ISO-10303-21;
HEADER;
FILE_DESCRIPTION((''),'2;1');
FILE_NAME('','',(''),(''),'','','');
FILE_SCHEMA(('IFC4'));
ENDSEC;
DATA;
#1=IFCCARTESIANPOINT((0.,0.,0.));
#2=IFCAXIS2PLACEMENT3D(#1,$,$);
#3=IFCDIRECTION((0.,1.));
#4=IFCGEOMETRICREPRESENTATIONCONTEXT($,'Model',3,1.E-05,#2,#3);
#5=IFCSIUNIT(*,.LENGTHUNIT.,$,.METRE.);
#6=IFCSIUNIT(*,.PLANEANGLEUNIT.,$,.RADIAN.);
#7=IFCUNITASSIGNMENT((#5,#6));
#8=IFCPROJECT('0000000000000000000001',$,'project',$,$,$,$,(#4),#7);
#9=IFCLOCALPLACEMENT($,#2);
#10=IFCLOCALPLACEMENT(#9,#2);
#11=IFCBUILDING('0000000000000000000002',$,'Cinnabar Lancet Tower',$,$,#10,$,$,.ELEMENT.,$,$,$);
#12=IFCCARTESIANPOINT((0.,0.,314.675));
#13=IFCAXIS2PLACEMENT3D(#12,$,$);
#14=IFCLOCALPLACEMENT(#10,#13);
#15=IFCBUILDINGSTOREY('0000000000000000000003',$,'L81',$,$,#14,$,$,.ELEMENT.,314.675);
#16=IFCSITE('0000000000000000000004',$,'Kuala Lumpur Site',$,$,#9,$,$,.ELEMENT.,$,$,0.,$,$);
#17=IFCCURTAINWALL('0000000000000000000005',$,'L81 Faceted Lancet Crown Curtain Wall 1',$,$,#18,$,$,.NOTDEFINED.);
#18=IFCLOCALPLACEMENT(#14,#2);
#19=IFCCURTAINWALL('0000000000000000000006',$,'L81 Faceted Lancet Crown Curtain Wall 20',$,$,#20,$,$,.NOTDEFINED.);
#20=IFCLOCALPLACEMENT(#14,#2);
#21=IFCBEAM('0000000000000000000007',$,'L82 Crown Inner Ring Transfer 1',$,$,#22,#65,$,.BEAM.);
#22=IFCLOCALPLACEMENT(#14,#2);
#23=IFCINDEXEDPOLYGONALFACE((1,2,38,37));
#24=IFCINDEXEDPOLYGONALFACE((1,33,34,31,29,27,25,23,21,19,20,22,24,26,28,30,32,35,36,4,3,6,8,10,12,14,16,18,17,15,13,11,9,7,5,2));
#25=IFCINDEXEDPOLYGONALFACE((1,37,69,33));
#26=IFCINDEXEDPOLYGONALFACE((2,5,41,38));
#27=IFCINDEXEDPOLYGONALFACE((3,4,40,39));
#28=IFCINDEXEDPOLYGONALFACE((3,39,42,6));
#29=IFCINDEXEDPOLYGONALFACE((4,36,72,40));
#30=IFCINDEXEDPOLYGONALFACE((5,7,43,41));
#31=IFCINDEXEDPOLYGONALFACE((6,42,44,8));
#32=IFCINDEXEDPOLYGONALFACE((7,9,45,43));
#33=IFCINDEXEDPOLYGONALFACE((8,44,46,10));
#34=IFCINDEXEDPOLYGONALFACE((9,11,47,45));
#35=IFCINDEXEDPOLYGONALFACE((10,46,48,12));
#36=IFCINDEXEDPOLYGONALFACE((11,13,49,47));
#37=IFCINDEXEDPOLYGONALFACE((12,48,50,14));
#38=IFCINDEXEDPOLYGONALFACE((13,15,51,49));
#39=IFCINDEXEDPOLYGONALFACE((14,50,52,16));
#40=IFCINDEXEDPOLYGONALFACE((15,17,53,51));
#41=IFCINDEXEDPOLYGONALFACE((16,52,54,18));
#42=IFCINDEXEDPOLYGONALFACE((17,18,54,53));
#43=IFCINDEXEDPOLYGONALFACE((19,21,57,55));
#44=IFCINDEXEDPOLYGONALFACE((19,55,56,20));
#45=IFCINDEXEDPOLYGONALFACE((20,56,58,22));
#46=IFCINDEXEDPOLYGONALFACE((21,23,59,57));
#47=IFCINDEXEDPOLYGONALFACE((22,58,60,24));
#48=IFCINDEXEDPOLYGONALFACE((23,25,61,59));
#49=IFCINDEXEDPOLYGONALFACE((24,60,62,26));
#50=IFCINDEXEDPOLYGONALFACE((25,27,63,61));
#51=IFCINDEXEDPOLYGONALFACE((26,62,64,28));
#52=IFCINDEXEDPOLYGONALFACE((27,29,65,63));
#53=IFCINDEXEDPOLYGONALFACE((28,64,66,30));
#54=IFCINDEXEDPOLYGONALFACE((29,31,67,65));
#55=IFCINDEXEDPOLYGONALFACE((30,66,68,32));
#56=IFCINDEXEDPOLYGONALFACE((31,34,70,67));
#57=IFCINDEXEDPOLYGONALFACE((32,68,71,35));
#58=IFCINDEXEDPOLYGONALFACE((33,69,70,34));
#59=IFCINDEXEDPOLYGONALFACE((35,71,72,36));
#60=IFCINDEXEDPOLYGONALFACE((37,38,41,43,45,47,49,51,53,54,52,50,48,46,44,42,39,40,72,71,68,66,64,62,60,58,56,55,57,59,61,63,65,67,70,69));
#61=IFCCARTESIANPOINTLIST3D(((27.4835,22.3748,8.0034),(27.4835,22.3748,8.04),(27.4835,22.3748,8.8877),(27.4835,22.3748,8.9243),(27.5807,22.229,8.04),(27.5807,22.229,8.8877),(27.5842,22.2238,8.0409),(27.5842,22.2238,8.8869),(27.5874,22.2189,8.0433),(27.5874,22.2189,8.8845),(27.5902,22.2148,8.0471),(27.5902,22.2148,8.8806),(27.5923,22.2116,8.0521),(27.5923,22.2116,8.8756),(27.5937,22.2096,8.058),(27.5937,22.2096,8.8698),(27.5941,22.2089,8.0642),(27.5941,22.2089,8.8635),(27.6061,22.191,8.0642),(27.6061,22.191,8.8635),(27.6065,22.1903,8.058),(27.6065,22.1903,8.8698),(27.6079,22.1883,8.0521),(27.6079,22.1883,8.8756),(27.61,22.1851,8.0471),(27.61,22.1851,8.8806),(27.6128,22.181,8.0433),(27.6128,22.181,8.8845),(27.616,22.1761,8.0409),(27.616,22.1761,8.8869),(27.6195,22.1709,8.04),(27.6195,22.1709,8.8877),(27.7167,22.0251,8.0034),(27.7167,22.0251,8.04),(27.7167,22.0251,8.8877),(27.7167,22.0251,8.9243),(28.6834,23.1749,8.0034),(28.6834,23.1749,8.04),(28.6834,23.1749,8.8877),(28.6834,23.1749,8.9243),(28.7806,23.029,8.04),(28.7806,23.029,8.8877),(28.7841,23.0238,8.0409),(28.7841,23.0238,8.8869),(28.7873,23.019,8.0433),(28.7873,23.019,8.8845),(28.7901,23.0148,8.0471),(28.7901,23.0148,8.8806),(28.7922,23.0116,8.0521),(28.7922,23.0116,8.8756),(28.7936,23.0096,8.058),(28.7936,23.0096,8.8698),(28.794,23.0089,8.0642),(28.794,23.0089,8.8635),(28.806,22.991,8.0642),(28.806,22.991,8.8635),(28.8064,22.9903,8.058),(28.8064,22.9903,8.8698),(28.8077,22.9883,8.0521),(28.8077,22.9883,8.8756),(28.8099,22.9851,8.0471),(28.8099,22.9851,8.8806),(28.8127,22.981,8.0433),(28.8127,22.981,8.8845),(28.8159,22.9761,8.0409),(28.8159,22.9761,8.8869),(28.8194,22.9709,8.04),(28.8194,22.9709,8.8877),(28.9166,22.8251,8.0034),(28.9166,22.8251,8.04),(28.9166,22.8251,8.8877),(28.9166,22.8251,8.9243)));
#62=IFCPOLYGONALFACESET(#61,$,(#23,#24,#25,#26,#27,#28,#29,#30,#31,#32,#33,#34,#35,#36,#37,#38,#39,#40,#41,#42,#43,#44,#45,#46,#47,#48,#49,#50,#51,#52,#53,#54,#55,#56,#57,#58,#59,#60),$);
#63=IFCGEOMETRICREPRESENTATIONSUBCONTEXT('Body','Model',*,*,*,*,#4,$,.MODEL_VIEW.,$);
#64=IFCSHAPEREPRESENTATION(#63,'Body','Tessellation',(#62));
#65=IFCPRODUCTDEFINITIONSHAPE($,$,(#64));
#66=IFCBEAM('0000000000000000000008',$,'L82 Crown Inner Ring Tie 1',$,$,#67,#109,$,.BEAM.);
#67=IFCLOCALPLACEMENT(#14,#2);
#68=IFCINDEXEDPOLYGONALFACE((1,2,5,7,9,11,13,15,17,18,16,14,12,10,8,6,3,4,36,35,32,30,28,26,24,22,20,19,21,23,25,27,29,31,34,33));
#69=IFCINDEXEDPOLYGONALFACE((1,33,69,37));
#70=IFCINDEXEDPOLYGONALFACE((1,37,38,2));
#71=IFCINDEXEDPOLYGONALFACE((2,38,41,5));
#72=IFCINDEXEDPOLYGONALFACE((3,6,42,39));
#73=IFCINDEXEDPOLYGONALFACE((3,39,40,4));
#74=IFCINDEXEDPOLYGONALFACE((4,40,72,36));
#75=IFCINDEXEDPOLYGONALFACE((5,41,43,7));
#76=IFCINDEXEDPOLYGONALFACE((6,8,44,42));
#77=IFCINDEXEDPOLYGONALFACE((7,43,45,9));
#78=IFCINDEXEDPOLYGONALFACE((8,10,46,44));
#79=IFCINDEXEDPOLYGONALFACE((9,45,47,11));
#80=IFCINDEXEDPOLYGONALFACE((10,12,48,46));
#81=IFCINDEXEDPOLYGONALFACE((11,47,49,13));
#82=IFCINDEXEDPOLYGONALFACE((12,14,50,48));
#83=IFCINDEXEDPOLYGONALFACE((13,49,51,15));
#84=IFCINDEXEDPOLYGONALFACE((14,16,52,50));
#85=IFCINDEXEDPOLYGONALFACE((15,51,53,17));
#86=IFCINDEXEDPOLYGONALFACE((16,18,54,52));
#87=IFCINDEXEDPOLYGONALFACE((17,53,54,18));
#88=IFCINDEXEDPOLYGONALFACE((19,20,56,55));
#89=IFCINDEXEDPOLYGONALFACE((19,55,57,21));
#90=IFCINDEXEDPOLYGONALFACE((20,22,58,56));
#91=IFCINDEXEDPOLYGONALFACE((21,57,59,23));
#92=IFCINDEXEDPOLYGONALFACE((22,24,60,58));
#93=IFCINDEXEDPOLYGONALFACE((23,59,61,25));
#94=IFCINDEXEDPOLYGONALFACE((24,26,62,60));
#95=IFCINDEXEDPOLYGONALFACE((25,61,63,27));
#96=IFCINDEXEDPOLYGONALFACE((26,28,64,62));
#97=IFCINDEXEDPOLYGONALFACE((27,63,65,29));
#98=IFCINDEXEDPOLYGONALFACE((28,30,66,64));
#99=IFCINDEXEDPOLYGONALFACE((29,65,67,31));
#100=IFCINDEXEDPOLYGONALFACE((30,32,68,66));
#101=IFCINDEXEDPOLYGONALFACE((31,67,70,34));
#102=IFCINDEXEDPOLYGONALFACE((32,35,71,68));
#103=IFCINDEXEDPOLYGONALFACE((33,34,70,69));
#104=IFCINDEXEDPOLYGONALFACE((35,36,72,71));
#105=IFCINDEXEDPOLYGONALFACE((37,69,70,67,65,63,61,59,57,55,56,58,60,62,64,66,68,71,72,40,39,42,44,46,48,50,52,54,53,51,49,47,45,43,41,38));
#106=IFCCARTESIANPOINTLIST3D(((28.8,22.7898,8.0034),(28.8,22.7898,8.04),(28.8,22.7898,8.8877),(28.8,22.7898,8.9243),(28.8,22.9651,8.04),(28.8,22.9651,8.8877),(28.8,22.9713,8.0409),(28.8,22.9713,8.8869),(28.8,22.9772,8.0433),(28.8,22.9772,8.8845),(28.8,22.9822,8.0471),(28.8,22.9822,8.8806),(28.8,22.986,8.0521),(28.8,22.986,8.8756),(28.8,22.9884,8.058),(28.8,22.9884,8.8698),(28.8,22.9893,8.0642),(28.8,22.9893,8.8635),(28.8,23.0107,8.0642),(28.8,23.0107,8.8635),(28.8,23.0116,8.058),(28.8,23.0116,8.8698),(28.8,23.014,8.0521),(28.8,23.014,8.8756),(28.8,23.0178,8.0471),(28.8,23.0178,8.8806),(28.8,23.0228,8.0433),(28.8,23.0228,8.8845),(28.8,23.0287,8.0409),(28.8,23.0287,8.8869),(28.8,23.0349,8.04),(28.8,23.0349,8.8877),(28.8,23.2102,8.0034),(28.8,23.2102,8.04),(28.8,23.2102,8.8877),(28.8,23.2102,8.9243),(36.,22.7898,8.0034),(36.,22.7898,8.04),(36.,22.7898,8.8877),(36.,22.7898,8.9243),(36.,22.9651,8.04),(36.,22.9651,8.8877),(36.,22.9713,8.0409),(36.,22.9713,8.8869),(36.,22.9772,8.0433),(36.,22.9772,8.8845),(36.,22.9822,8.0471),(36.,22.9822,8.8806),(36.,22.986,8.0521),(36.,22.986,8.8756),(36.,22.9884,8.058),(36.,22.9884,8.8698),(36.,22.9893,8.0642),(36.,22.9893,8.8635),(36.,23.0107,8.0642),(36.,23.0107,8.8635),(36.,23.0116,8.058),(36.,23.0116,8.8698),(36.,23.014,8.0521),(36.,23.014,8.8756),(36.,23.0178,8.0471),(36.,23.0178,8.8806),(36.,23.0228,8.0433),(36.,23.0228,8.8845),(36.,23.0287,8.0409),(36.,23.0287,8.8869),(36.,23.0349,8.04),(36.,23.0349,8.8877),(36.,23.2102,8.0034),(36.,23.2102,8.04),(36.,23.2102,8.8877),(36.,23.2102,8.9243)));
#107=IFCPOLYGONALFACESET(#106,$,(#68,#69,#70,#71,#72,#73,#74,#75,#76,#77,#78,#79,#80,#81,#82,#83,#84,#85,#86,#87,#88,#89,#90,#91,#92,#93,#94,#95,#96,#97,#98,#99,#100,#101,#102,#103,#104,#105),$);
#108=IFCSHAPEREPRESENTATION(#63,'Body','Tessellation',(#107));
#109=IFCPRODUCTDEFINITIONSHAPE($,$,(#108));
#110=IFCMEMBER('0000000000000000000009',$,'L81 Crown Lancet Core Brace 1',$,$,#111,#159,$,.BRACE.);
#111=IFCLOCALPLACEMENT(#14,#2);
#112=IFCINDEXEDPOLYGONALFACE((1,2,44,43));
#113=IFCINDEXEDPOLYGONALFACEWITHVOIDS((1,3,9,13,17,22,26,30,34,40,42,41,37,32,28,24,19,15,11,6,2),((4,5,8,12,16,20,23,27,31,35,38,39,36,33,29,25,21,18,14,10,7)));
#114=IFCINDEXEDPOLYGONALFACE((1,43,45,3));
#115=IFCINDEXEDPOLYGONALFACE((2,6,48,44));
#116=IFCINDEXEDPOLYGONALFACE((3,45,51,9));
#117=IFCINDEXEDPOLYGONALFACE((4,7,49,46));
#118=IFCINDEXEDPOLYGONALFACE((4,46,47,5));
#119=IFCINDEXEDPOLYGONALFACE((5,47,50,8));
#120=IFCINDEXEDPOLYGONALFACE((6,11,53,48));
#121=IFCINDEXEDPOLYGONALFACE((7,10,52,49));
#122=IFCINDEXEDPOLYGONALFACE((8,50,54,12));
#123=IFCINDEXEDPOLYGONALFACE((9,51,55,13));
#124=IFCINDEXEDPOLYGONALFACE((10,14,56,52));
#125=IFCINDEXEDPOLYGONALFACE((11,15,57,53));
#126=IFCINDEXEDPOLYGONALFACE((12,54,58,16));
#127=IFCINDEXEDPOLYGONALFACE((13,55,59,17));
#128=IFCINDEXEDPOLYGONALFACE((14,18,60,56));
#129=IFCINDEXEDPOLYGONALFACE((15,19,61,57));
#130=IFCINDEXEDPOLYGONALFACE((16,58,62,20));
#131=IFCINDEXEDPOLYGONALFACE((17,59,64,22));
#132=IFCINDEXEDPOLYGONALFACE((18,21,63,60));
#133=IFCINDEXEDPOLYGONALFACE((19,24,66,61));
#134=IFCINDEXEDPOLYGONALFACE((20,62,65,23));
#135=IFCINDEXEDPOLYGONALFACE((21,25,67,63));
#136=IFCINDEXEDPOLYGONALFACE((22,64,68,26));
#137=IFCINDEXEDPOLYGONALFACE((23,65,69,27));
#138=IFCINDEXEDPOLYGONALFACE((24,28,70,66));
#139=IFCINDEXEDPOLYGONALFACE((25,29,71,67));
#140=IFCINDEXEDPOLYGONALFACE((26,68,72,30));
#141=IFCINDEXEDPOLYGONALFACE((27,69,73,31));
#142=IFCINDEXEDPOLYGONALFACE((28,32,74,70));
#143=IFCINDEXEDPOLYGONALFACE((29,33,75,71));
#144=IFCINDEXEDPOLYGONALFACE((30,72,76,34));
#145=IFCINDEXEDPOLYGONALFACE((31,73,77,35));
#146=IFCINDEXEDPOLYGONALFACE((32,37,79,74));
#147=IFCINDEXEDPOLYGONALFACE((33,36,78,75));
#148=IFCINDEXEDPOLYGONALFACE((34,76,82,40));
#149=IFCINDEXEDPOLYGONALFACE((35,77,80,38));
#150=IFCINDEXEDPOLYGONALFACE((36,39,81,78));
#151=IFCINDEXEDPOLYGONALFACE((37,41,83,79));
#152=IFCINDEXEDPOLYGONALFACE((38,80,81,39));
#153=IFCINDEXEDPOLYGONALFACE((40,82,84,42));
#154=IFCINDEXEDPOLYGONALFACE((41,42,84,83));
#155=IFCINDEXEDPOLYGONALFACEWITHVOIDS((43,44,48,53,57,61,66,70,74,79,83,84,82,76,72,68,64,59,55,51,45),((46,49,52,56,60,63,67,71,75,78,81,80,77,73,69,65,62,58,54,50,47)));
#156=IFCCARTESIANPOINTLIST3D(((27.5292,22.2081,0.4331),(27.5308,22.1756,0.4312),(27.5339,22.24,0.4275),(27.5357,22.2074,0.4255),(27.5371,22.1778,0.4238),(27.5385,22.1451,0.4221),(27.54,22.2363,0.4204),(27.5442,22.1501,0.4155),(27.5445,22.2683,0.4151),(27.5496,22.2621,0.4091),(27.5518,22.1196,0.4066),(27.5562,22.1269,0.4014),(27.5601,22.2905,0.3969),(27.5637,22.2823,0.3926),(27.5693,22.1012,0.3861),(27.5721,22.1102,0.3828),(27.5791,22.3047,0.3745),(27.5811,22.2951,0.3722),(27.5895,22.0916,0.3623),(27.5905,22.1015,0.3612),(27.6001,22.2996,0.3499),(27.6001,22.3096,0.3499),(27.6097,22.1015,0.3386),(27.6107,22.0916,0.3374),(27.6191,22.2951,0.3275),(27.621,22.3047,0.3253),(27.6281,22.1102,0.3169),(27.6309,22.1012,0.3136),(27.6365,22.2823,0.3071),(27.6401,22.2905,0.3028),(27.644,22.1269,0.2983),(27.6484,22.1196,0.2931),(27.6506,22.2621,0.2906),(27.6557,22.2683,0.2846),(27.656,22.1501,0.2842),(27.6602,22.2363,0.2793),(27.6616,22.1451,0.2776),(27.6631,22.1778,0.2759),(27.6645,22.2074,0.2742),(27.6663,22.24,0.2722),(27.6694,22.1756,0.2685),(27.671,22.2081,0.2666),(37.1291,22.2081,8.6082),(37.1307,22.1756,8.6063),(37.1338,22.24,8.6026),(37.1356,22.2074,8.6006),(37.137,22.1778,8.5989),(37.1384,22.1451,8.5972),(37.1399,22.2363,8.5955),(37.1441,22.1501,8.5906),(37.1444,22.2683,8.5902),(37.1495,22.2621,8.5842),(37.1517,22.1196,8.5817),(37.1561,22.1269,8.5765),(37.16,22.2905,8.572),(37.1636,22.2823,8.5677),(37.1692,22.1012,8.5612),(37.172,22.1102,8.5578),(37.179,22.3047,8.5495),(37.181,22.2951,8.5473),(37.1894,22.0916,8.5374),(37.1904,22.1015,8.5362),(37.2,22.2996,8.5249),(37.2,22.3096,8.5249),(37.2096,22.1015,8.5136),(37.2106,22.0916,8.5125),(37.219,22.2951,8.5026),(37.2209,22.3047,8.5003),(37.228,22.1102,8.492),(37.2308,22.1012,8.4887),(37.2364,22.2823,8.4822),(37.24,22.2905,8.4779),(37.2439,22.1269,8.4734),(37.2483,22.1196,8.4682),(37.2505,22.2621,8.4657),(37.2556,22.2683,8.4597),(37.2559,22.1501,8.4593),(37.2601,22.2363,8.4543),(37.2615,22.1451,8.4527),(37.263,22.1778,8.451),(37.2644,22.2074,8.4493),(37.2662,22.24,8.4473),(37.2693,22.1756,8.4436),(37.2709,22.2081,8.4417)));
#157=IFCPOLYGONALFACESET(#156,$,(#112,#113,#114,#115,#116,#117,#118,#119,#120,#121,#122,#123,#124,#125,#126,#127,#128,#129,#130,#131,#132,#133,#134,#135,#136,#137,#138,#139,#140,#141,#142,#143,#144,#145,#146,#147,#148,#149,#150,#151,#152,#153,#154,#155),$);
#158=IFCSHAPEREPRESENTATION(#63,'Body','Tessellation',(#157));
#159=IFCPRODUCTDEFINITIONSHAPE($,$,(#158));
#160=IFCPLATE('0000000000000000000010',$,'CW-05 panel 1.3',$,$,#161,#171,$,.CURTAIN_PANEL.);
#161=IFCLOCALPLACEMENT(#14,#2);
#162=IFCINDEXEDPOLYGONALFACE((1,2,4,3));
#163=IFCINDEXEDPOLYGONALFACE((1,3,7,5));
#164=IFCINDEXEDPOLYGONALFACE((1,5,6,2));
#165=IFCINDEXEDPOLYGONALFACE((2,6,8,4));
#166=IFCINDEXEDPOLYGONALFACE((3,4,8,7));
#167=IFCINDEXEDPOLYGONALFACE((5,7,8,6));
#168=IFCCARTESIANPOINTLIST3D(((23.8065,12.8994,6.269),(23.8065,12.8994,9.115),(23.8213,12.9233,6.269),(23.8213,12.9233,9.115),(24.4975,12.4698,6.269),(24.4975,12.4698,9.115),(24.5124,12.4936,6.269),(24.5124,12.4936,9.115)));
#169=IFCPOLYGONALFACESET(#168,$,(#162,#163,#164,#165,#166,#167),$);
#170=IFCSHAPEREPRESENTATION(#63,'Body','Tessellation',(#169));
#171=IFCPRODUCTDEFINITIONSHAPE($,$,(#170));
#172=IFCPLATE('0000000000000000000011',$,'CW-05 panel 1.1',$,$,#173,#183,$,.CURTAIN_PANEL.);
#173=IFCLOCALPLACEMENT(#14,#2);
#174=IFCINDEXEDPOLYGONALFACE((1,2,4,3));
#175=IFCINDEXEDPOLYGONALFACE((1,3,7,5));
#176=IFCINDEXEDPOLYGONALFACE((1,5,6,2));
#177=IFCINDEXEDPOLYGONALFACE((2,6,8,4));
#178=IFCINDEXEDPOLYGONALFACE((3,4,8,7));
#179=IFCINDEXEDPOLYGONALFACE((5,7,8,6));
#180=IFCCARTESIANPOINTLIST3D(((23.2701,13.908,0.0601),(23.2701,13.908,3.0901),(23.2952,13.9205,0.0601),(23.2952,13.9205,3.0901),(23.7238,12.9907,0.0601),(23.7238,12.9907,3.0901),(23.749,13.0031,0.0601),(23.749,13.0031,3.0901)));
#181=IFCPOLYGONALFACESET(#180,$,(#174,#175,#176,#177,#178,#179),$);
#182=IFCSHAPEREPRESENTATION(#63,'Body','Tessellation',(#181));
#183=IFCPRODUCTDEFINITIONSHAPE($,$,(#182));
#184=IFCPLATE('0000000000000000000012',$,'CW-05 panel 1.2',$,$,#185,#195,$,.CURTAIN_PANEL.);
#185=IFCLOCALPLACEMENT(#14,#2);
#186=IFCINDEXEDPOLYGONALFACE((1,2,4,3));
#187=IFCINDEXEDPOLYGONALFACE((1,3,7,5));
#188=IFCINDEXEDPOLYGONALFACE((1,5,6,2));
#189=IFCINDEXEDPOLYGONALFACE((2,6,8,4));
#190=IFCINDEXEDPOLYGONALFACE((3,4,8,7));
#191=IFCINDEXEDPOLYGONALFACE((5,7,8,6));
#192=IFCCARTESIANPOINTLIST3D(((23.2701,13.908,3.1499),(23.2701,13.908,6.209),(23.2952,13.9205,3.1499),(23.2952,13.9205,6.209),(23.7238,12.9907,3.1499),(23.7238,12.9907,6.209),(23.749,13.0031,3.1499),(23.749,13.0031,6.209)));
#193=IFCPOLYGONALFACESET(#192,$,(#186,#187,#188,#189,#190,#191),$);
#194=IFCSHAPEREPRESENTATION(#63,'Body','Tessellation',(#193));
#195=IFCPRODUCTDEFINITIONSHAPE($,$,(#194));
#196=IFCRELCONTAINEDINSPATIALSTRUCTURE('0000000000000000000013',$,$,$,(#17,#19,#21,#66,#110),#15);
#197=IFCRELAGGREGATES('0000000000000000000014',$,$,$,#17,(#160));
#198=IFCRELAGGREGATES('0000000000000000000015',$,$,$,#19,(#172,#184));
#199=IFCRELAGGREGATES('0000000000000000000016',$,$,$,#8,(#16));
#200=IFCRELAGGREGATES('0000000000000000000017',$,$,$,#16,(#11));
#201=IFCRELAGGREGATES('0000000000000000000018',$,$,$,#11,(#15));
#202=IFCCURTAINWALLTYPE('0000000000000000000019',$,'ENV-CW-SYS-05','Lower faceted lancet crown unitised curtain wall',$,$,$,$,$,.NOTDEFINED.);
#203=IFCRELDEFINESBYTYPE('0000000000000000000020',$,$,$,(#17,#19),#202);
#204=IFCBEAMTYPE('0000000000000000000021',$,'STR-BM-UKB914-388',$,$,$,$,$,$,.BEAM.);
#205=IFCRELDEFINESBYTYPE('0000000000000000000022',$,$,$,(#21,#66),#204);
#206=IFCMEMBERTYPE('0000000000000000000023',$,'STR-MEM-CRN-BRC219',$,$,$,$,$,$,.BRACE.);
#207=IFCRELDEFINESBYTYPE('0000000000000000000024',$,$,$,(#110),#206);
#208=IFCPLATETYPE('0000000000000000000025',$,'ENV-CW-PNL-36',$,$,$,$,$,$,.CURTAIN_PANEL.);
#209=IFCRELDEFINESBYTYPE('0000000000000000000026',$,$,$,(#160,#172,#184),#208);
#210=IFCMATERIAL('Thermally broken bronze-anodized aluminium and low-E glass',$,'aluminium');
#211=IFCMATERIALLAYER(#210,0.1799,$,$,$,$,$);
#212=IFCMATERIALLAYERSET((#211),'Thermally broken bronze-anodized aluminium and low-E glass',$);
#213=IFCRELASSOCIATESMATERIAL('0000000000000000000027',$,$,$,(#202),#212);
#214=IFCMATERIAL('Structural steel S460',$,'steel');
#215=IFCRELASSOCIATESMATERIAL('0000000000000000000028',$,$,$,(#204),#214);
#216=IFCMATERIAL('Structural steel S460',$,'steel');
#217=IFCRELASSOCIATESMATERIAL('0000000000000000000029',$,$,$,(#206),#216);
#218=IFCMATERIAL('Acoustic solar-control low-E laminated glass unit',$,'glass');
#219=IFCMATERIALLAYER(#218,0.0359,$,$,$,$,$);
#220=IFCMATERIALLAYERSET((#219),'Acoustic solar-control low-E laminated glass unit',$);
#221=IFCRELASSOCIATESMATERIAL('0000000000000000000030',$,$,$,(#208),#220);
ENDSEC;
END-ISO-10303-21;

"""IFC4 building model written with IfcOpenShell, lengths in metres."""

from ifc_helpers import new_model, si_unit, direction, frame, origin, origin_2d, place, context, subcontext, project, spatial, rectangle, hollow_circle, i_section, extrude, material, layer, layer_set, material_profile, profile_set, type_object, element, aggregate, save


model = new_model("IFC4")

# Units and contexts
model_context = context("Model", 3, precision=1e-05, world=origin(), true_north=direction((0.0, 1.0)))
body_context = subcontext(model_context, "Body", "Model", "MODEL_VIEW")
ifc_project = project(units=[si_unit("LENGTHUNIT", "METRE"), si_unit("PLANEANGLEUNIT", "RADIAN")], contexts=[model_context])

# Site, building, storey
site_placement = place(None, origin())
site = spatial("IfcSite", under=ifc_project, at=site_placement, Name="Kuala Lumpur Site", CompositionType="ELEMENT", RefElevation=0.0)
building_placement = place(site_placement, origin())
building = spatial("IfcBuilding", under=site, at=building_placement, Name="Cinnabar Lancet Tower", CompositionType="ELEMENT")
storey_placement = place(building_placement, frame((0.0, 0.0, 314.675)))
storey = spatial("IfcBuildingStorey", under=building, at=storey_placement, Name="L81", CompositionType="ELEMENT", Elevation=314.675)

# Curtain walls
ifc_material_1 = material(Name="Thermally broken bronze-anodized aluminium and low-E glass", Category="aluminium")
ifc_layer_1 = layer(ifc_material_1, 0.1799)
ifc_layer_set_1 = layer_set([ifc_layer_1], Name="Thermally broken bronze-anodized aluminium and low-E glass")
curtain_wall_type = type_object("IfcCurtainWallType", Name="ENV-CW-SYS-05", Description="Lower faceted lancet crown unitised curtain wall", PredefinedType="NOTDEFINED", material=ifc_layer_set_1)
curtain_wall_1_placement = place(storey_placement, origin())
curtain_wall_1 = element("IfcCurtainWall", 1, at=curtain_wall_1_placement, inside=storey, type_object=curtain_wall_type, Name="L81 Faceted Lancet Crown Curtain Wall 1", PredefinedType="NOTDEFINED")
curtain_wall_2_placement = place(storey_placement, origin())
curtain_wall_2 = element("IfcCurtainWall", 2, at=curtain_wall_2_placement, inside=storey, type_object=curtain_wall_type, Name="L81 Faceted Lancet Crown Curtain Wall 20", PredefinedType="NOTDEFINED")

# Beams
ifc_material_2 = material(Name="Structural steel S460", Category="steel")
ifc_material_profile_1 = material_profile(ifc_material_2, i_section(OverallWidth=0.4204, OverallDepth=0.9209, WebThickness=0.0215, FlangeThickness=0.0366, FilletRadius=0.0242, at=origin_2d()), Name="UKB 914x419x388")
ifc_profile_set_1 = profile_set([ifc_material_profile_1], Name="Structural steel S460")
beam_type = type_object("IfcBeamType", Name="STR-BM-UKB914-388", PredefinedType="BEAM", material=ifc_profile_set_1)
beam_1_placement = place(storey_placement, frame((27.6001, 22.2, 8.4639), z_axis=(0.832024, 0.554739, 0.0), x_axis=(-0.554739, 0.832024, 0.0)))
element("IfcBeam", 3, at=beam_1_placement, inside=storey, type_object=beam_type, Name="L82 Crown Inner Ring Transfer 1", PredefinedType="BEAM", context=body_context, shape_type="SweptSolid", body=[
    extrude(i_section(OverallWidth=0.4204, OverallDepth=0.9209, WebThickness=0.0215, FlangeThickness=0.0366, FilletRadius=0.0242, at=origin_2d()), origin(), (0.0, 0.0, 1.0), 1.4421),
])
beam_2_placement = place(storey_placement, frame((28.8, 23.0, 8.4639), z_axis=(1.0, 0.0, 0.0), x_axis=(0.0, 1.0, 0.0)))
element("IfcBeam", 4, at=beam_2_placement, inside=storey, type_object=beam_type, Name="L82 Crown Inner Ring Tie 1", PredefinedType="BEAM", context=body_context, shape_type="SweptSolid", body=[
    extrude(i_section(OverallWidth=0.4204, OverallDepth=0.9209, WebThickness=0.0215, FlangeThickness=0.0366, FilletRadius=0.0242, at=origin_2d()), origin(), (0.0, 0.0, 1.0), 7.2),
])

# Member
ifc_material_3 = material(Name="Structural steel S460", Category="steel")
ifc_material_profile_2 = material_profile(ifc_material_3, hollow_circle(Radius=0.1096, WallThickness=0.01, at=origin_2d()), Name="CHS 219.1x10")
ifc_profile_set_2 = profile_set([ifc_material_profile_2], Name="Structural steel S460")
member_type_1 = type_object("IfcMemberType", Name="STR-MEM-CRN-BRC219", PredefinedType="BRACE", material=ifc_profile_set_2)
member_1_placement = place(storey_placement, frame((27.6001, 22.2, 0.3499), z_axis=(0.761345, 0.0, 0.648347), x_axis=(0.0, 1.0, 0.0)))
element("IfcMember", 5, at=member_1_placement, inside=storey, type_object=member_type_1, Name="L81 Crown Lancet Core Brace 1", PredefinedType="BRACE", context=body_context, shape_type="SweptSolid", body=[
    extrude(hollow_circle(Radius=0.1096, WallThickness=0.01, at=origin_2d()), origin(), (0.0, 0.0, 1.0), 12.6091),
])

# Plates
ifc_material_4 = material(Name="Acoustic solar-control low-E laminated glass unit", Category="glass")
ifc_layer_2 = layer(ifc_material_4, 0.0359)
ifc_layer_set_2 = layer_set([ifc_layer_2], Name="Acoustic solar-control low-E laminated glass unit")
plate_type_1 = type_object("IfcPlateType", Name="ENV-CW-PNL-36", PredefinedType="CURTAIN_PANEL", material=ifc_layer_set_2)
plate_1_placement = place(storey_placement, frame((24.1594, 12.6965, 6.269), z_axis=(0.0, 0.0, 1.0), x_axis=(0.849259, -0.527976, 0.0)))
plate_1 = element("IfcPlate", 6, at=plate_1_placement, type_object=plate_type_1, Name="CW-05 panel 1.3", PredefinedType="CURTAIN_PANEL", context=body_context, shape_type="SweptSolid", body=[
    extrude(rectangle(XDim=0.8137, YDim=0.0281, at=origin_2d()), origin(), (0.0, 0.0, 1.0), 2.8459),
])
aggregate(curtain_wall_1, [plate_1])
plate_2_placement = place(storey_placement, frame((23.5095, 13.4556, 0.0601), z_axis=(0.0, 0.0, 1.0), x_axis=(0.443362, -0.896343, 0.0)))
plate_2 = element("IfcPlate", 7, at=plate_2_placement, type_object=plate_type_1, Name="CW-05 panel 1.1", PredefinedType="CURTAIN_PANEL", context=body_context, shape_type="SweptSolid", body=[
    extrude(rectangle(XDim=1.0234, YDim=0.0281, at=origin_2d()), origin(), (0.0, 0.0, 1.0), 3.03),
])
plate_3_placement = place(storey_placement, frame((23.5095, 13.4556, 3.1499), z_axis=(0.0, 0.0, 1.0), x_axis=(0.443362, -0.896343, 0.0)))
plate_3 = element("IfcPlate", 8, at=plate_3_placement, type_object=plate_type_1, Name="CW-05 panel 1.2", PredefinedType="CURTAIN_PANEL", context=body_context, shape_type="SweptSolid", body=[
    extrude(rectangle(XDim=1.0234, YDim=0.0281, at=origin_2d()), origin(), (0.0, 0.0, 1.0), 3.0591),
])
aggregate(curtain_wall_2, [plate_2, plate_3])

save(model, "model.ifc")
